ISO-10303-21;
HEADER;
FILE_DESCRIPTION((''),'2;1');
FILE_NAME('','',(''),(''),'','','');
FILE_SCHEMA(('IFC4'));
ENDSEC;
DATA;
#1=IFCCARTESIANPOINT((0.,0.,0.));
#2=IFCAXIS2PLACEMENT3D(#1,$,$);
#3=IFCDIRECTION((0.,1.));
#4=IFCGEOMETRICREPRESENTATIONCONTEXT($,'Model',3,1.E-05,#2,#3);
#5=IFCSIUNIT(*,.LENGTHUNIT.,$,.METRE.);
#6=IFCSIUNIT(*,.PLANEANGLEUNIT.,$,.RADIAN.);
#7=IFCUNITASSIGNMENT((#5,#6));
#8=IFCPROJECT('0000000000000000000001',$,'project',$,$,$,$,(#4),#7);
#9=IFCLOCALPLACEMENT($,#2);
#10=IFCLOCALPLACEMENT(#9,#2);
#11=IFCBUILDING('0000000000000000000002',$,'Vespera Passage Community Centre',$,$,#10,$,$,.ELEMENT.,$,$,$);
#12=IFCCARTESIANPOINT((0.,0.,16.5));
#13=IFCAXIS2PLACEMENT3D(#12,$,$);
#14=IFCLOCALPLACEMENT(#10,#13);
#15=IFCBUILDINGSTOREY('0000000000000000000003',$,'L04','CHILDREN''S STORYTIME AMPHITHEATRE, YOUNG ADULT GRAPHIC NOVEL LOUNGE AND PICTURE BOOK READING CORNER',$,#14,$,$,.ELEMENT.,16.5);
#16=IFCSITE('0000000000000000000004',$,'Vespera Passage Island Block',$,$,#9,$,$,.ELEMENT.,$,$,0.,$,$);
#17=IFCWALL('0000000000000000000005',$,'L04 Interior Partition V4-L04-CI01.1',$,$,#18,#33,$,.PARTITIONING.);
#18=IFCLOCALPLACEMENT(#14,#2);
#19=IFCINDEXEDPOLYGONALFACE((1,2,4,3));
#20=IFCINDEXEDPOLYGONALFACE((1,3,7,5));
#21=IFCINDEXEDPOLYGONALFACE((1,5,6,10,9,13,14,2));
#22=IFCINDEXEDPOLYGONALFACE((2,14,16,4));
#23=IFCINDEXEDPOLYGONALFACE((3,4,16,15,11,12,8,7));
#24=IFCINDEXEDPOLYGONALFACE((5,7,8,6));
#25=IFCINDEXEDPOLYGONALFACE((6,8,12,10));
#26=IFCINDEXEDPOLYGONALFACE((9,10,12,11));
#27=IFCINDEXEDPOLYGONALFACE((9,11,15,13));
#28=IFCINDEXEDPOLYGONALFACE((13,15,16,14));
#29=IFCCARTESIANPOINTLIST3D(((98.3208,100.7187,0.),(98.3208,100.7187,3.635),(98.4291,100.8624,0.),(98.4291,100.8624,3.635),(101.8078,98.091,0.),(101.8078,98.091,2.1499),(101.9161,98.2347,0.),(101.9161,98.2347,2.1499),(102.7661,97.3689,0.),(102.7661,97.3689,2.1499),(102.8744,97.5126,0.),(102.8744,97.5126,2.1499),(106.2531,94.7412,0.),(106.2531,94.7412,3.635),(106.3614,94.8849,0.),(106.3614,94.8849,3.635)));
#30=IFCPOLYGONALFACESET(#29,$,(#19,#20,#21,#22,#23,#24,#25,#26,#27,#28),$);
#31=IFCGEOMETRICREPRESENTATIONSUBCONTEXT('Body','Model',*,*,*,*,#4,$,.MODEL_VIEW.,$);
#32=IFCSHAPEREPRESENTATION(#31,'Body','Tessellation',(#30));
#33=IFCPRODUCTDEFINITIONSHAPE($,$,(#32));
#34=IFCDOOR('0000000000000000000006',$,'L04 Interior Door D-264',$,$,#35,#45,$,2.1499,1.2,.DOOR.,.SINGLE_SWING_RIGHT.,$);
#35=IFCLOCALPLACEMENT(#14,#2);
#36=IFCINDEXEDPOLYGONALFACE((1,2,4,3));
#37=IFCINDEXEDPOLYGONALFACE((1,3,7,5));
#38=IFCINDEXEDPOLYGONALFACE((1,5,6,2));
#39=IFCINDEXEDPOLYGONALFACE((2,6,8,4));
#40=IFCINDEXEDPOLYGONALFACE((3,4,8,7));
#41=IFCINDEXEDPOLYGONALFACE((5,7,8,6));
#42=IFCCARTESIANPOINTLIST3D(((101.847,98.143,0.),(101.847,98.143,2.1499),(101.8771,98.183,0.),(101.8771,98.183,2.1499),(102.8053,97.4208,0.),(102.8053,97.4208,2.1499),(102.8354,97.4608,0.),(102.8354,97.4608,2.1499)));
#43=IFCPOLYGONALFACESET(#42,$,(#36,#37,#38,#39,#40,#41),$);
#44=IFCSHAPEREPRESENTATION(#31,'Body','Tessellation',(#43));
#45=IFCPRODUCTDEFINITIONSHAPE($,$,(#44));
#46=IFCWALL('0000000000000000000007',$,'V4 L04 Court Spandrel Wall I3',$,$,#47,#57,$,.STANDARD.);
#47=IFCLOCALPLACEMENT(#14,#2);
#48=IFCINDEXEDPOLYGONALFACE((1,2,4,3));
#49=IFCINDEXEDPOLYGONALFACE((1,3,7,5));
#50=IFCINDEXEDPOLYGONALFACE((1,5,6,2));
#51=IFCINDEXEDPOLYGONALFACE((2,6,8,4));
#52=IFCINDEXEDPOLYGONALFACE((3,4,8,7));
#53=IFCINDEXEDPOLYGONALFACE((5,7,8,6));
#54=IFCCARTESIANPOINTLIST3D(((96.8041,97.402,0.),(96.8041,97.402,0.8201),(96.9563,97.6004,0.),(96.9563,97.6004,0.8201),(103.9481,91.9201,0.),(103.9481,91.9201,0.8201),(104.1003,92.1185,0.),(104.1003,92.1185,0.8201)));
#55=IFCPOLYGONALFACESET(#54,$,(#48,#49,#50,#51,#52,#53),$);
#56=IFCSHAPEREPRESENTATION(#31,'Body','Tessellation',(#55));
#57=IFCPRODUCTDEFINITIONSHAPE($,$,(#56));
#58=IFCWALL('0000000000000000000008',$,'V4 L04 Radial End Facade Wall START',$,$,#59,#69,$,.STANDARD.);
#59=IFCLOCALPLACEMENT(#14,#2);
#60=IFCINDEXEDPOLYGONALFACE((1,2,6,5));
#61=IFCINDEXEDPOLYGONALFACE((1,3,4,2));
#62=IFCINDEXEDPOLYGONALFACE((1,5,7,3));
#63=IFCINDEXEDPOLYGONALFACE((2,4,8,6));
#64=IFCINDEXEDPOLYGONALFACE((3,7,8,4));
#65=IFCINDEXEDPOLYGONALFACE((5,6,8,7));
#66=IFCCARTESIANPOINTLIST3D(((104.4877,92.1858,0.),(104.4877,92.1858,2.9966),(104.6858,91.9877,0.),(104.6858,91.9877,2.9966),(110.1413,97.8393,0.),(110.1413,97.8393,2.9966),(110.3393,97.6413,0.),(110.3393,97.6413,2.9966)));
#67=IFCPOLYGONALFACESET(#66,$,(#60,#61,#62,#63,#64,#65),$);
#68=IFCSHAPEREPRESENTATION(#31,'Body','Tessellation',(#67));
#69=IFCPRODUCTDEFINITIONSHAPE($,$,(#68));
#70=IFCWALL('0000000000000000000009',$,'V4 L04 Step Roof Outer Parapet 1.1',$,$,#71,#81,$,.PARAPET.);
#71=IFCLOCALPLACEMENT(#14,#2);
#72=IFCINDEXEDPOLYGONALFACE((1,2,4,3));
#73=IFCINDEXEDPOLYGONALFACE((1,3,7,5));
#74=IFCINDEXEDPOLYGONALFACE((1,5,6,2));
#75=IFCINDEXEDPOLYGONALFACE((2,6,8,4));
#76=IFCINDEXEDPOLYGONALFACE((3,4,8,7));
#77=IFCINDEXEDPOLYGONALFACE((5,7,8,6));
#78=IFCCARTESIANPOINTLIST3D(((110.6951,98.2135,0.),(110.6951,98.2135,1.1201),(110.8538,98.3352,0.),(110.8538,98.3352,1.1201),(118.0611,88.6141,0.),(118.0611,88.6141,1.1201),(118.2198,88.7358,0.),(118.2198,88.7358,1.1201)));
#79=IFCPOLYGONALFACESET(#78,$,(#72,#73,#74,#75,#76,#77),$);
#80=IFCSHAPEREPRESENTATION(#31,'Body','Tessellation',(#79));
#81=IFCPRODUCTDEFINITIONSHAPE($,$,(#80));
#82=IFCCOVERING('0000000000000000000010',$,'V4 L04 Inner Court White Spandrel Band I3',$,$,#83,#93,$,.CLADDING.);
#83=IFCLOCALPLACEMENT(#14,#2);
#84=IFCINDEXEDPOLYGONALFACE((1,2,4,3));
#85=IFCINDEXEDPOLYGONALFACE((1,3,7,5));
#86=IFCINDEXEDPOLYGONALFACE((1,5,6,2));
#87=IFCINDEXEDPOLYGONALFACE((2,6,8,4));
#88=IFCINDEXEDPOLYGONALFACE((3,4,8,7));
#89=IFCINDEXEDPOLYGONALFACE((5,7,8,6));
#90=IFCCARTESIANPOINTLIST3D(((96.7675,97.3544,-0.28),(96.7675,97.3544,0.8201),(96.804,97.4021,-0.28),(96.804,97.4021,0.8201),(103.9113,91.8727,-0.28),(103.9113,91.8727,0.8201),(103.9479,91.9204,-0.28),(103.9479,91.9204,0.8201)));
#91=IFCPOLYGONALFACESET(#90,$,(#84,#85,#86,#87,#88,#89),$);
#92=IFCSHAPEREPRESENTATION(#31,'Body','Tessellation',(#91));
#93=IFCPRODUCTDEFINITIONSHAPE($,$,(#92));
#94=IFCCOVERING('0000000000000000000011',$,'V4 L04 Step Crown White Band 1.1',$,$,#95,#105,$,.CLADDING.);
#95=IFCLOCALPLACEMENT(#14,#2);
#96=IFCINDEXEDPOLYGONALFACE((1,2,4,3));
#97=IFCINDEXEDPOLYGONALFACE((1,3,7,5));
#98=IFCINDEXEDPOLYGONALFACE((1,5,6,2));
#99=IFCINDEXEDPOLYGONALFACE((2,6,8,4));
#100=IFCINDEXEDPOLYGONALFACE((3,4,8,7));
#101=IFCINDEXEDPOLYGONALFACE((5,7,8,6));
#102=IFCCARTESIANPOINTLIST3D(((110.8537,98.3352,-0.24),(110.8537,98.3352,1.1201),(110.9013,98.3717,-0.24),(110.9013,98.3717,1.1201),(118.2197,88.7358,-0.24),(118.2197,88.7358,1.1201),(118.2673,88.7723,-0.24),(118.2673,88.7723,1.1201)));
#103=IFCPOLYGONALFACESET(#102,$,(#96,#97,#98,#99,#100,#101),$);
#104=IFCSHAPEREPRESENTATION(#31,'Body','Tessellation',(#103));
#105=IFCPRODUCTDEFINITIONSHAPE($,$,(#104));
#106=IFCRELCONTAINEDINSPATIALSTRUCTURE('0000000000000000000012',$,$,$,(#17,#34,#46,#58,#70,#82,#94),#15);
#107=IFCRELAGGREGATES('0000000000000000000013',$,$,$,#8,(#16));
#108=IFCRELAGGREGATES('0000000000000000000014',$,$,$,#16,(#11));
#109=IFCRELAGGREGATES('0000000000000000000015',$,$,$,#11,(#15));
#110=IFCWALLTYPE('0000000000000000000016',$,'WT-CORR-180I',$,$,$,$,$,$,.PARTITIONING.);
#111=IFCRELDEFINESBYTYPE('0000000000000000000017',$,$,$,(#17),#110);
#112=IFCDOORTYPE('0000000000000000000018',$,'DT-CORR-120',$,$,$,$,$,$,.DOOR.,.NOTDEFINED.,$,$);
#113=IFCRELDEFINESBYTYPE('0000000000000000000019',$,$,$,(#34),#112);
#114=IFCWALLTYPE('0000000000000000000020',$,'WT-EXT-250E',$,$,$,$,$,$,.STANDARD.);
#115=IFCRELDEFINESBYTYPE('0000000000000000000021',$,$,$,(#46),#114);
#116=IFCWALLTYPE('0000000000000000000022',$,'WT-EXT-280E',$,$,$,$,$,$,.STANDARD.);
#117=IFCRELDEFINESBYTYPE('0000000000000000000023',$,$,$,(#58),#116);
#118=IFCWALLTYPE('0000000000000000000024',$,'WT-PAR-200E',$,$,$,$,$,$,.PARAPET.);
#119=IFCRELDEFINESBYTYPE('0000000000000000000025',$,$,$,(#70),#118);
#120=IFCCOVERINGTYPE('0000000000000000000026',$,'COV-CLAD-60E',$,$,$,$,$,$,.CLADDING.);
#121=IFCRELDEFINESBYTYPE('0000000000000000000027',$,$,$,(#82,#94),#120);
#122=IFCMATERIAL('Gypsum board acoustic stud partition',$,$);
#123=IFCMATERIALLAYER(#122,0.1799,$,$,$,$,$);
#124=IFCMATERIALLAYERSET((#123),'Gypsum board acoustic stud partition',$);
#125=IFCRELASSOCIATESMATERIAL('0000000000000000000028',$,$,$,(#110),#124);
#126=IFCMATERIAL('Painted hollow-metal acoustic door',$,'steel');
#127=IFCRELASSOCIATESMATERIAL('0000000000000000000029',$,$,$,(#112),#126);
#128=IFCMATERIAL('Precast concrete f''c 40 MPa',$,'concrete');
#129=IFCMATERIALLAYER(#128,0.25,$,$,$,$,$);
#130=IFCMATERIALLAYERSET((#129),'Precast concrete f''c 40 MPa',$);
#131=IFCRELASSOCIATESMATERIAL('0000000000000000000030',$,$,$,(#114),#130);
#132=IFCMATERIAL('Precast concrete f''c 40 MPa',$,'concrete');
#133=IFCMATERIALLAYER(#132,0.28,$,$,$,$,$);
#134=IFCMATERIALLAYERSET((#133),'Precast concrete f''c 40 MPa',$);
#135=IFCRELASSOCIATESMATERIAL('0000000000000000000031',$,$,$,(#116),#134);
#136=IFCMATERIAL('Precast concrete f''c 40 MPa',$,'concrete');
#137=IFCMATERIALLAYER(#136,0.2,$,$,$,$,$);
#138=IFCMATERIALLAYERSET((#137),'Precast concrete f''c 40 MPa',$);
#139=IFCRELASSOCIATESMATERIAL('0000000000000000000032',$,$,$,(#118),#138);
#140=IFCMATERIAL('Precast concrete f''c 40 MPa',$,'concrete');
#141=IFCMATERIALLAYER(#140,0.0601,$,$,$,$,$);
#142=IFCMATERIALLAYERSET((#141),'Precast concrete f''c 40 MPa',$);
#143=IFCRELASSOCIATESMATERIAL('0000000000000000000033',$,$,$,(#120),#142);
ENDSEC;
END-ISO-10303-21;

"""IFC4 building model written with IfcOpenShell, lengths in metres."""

from ifc_helpers import new_model, si_unit, direction, frame, frame_2d, origin, place, context, subcontext, project, spatial, rectangle, extrude, material, layer, layer_set, type_object, element, fill, save


model = new_model("IFC4")

# Units and contexts
model_context = context("Model", 3, precision=1e-05, world=origin(), true_north=direction((0.0, 1.0)))
body_context = subcontext(model_context, "Body", "Model", "MODEL_VIEW")
ifc_project = project(units=[si_unit("LENGTHUNIT", "METRE"), si_unit("PLANEANGLEUNIT", "RADIAN")], contexts=[model_context])

# Site, building, storey
site_placement = place(None, origin())
site = spatial("IfcSite", under=ifc_project, at=site_placement, Name="Vespera Passage Island Block", CompositionType="ELEMENT", RefElevation=0.0)
building_placement = place(site_placement, origin())
building = spatial("IfcBuilding", under=site, at=building_placement, Name="Vespera Passage Community Centre", CompositionType="ELEMENT")
storey_placement = place(building_placement, frame((0.0, 0.0, 16.5)))
storey = spatial("IfcBuildingStorey", under=building, at=storey_placement, Name="L04", Description="CHILDREN'S STORYTIME AMPHITHEATRE, YOUNG ADULT GRAPHIC NOVEL LOUNGE AND PICTURE BOOK READING CORNER", CompositionType="ELEMENT", Elevation=16.5)

# Wall, opening, door
ifc_material_1 = material(Name="Gypsum board acoustic stud partition")
ifc_layer_1 = layer(ifc_material_1, 0.1799)
ifc_layer_set_1 = layer_set([ifc_layer_1], Name="Gypsum board acoustic stud partition")
wall_type_1 = type_object("IfcWallType", Name="WT-CORR-180I", PredefinedType="PARTITIONING", material=ifc_layer_set_1)
wall_1_placement = place(storey_placement, frame((106.3074, 94.813, 0.0), z_axis=(0.0, 0.0, 1.0), x_axis=(-0.798632, 0.601819, 0.0)))
wall_1 = element("IfcWall", 1, at=wall_1_placement, inside=storey, type_object=wall_type_1, Name="L04 Interior Partition V4-L04-CI01.1", PredefinedType="PARTITIONING", context=body_context, shape_type="SweptSolid", body=[
    extrude(rectangle(XDim=9.9324, YDim=0.1799, at=frame_2d((4.9663, 0.0))), origin(), (0.0, 0.0, 1.0), 3.635),
])
opening_1_placement = place(wall_1_placement, frame((4.3662, 0.0, 0.0)))
opening_1 = element("IfcOpeningElement", 2, at=opening_1_placement, cuts=wall_1, PredefinedType="OPENING", context=body_context, shape_type="SweptSolid", body=[
    extrude(rectangle(XDim=1.2, YDim=2.1499, at=frame_2d((0.6001, 1.075))), frame((0.0, 0.0999, 0.0), z_axis=(0.0, -1.0, 0.0), x_axis=(1.0, 0.0, 0.0)), (0.0, 0.0, 1.0), 0.2),
])
ifc_material_2 = material(Name="Painted hollow-metal acoustic door", Category="steel")
door_type_1 = type_object("IfcDoorType", Name="DT-CORR-120", OperationType="NOTDEFINED", PredefinedType="DOOR", material=ifc_material_2)
door_1_placement = place(opening_1_placement, origin())
door_1 = element("IfcDoor", 3, at=door_1_placement, inside=storey, type_object=door_type_1, Name="L04 Interior Door D-264", OperationType="SINGLE_SWING_RIGHT", OverallHeight=2.1499, OverallWidth=1.2, PredefinedType="DOOR", context=body_context, shape_type="SweptSolid", body=[
    extrude(rectangle(XDim=1.2, YDim=2.1499, at=frame_2d((0.6001, 1.075))), frame((0.0, 0.0249, 0.0), z_axis=(0.0, -1.0, 0.0), x_axis=(1.0, 0.0, 0.0)), (0.0, 0.0, 1.0), 0.05),
])
fill(opening_1, door_1)

# Walls
ifc_material_3 = material(Name="Precast concrete f'c 40 MPa", Category="concrete")
ifc_layer_2 = layer(ifc_material_3, 0.25)
ifc_layer_set_2 = layer_set([ifc_layer_2], Name="Precast concrete f'c 40 MPa")
wall_type_2 = type_object("IfcWallType", Name="WT-EXT-250E", PredefinedType="STANDARD", material=ifc_layer_set_2)
wall_2_placement = place(storey_placement, frame((104.0242, 92.0193, 0.0), z_axis=(0.0, 0.0, 1.0), x_axis=(-0.793347, 0.60877, 0.0)))
element("IfcWall", 4, at=wall_2_placement, inside=storey, type_object=wall_type_2, Name="V4 L04 Court Spandrel Wall I3", PredefinedType="STANDARD", context=body_context, shape_type="SweptSolid", body=[
    extrude(rectangle(XDim=9.0049, YDim=0.25, at=frame_2d((4.5024, 0.0))), origin(), (0.0, 0.0, 1.0), 0.8201),
])
ifc_material_4 = material(Name="Precast concrete f'c 40 MPa", Category="concrete")
ifc_layer_3 = layer(ifc_material_4, 0.28)
ifc_layer_set_3 = layer_set([ifc_layer_3], Name="Precast concrete f'c 40 MPa")
wall_type_3 = type_object("IfcWallType", Name="WT-EXT-280E", PredefinedType="STANDARD", material=ifc_layer_set_3)
wall_3_placement = place(storey_placement, frame((110.2402, 97.7402, 0.0), z_axis=(0.0, 0.0, 1.0), x_axis=(-0.707107, -0.707107, 0.0)))
element("IfcWall", 5, at=wall_3_placement, inside=storey, type_object=wall_type_3, Name="V4 L04 Radial End Facade Wall START", PredefinedType="STANDARD", context=body_context, shape_type="SweptSolid", body=[
    extrude(rectangle(XDim=7.9954, YDim=0.28, at=frame_2d((3.9976, 0.0))), origin(), (0.0, 0.0, 1.0), 2.9966),
])
ifc_material_5 = material(Name="Precast concrete f'c 40 MPa", Category="concrete")
ifc_layer_4 = layer(ifc_material_5, 0.2)
ifc_layer_set_4 = layer_set([ifc_layer_4], Name="Precast concrete f'c 40 MPa")
wall_type_4 = type_object("IfcWallType", Name="WT-PAR-200E", PredefinedType="PARAPET", material=ifc_layer_set_4)
wall_4_placement = place(storey_placement, frame((118.1404, 88.675, 0.0), z_axis=(0.0, 0.0, 1.0), x_axis=(-0.608767, 0.793349, 0.0)))
element("IfcWall", 6, at=wall_4_placement, inside=storey, type_object=wall_type_4, Name="V4 L04 Step Roof Outer Parapet 1.1", PredefinedType="PARAPET", context=body_context, shape_type="SweptSolid", body=[
    extrude(rectangle(XDim=12.0999, YDim=0.2, at=frame_2d((6.0498, 0.0))), origin(), (0.0, 0.0, 1.0), 1.1201),
])

# Coverings
ifc_material_6 = material(Name="Precast concrete f'c 40 MPa", Category="concrete")
ifc_layer_5 = layer(ifc_material_6, 0.0601)
ifc_layer_set_5 = layer_set([ifc_layer_5], Name="Precast concrete f'c 40 MPa")
covering_type = type_object("IfcCoveringType", Name="COV-CLAD-60E", PredefinedType="CLADDING", material=ifc_layer_set_5)
covering_1_placement = place(storey_placement, frame((103.9297, 91.8965, -0.28), z_axis=(0.0, 0.0, 1.0), x_axis=(-0.79335, 0.608766, 0.0)))
element("IfcCovering", 7, at=covering_1_placement, inside=storey, type_object=covering_type, Name="V4 L04 Inner Court White Spandrel Band I3", PredefinedType="CLADDING", context=body_context, shape_type="SweptSolid", body=[
    extrude(rectangle(XDim=9.0046, YDim=0.0601, at=frame_2d((4.5024, 0.0))), origin(), (0.0, 0.0, 1.0), 1.1001),
])
covering_2_placement = place(storey_placement, frame((118.2434, 88.7542, -0.24), z_axis=(0.0, 0.0, 1.0), x_axis=(-0.608767, 0.793349, 0.0)))
element("IfcCovering", 8, at=covering_2_placement, inside=storey, type_object=covering_type, Name="V4 L04 Step Crown White Band 1.1", PredefinedType="CLADDING", context=body_context, shape_type="SweptSolid", body=[
    extrude(rectangle(XDim=12.0999, YDim=0.0601, at=frame_2d((6.0498, 0.0))), origin(), (0.0, 0.0, 1.0), 1.3601),
])

save(model, "model.ifc")
